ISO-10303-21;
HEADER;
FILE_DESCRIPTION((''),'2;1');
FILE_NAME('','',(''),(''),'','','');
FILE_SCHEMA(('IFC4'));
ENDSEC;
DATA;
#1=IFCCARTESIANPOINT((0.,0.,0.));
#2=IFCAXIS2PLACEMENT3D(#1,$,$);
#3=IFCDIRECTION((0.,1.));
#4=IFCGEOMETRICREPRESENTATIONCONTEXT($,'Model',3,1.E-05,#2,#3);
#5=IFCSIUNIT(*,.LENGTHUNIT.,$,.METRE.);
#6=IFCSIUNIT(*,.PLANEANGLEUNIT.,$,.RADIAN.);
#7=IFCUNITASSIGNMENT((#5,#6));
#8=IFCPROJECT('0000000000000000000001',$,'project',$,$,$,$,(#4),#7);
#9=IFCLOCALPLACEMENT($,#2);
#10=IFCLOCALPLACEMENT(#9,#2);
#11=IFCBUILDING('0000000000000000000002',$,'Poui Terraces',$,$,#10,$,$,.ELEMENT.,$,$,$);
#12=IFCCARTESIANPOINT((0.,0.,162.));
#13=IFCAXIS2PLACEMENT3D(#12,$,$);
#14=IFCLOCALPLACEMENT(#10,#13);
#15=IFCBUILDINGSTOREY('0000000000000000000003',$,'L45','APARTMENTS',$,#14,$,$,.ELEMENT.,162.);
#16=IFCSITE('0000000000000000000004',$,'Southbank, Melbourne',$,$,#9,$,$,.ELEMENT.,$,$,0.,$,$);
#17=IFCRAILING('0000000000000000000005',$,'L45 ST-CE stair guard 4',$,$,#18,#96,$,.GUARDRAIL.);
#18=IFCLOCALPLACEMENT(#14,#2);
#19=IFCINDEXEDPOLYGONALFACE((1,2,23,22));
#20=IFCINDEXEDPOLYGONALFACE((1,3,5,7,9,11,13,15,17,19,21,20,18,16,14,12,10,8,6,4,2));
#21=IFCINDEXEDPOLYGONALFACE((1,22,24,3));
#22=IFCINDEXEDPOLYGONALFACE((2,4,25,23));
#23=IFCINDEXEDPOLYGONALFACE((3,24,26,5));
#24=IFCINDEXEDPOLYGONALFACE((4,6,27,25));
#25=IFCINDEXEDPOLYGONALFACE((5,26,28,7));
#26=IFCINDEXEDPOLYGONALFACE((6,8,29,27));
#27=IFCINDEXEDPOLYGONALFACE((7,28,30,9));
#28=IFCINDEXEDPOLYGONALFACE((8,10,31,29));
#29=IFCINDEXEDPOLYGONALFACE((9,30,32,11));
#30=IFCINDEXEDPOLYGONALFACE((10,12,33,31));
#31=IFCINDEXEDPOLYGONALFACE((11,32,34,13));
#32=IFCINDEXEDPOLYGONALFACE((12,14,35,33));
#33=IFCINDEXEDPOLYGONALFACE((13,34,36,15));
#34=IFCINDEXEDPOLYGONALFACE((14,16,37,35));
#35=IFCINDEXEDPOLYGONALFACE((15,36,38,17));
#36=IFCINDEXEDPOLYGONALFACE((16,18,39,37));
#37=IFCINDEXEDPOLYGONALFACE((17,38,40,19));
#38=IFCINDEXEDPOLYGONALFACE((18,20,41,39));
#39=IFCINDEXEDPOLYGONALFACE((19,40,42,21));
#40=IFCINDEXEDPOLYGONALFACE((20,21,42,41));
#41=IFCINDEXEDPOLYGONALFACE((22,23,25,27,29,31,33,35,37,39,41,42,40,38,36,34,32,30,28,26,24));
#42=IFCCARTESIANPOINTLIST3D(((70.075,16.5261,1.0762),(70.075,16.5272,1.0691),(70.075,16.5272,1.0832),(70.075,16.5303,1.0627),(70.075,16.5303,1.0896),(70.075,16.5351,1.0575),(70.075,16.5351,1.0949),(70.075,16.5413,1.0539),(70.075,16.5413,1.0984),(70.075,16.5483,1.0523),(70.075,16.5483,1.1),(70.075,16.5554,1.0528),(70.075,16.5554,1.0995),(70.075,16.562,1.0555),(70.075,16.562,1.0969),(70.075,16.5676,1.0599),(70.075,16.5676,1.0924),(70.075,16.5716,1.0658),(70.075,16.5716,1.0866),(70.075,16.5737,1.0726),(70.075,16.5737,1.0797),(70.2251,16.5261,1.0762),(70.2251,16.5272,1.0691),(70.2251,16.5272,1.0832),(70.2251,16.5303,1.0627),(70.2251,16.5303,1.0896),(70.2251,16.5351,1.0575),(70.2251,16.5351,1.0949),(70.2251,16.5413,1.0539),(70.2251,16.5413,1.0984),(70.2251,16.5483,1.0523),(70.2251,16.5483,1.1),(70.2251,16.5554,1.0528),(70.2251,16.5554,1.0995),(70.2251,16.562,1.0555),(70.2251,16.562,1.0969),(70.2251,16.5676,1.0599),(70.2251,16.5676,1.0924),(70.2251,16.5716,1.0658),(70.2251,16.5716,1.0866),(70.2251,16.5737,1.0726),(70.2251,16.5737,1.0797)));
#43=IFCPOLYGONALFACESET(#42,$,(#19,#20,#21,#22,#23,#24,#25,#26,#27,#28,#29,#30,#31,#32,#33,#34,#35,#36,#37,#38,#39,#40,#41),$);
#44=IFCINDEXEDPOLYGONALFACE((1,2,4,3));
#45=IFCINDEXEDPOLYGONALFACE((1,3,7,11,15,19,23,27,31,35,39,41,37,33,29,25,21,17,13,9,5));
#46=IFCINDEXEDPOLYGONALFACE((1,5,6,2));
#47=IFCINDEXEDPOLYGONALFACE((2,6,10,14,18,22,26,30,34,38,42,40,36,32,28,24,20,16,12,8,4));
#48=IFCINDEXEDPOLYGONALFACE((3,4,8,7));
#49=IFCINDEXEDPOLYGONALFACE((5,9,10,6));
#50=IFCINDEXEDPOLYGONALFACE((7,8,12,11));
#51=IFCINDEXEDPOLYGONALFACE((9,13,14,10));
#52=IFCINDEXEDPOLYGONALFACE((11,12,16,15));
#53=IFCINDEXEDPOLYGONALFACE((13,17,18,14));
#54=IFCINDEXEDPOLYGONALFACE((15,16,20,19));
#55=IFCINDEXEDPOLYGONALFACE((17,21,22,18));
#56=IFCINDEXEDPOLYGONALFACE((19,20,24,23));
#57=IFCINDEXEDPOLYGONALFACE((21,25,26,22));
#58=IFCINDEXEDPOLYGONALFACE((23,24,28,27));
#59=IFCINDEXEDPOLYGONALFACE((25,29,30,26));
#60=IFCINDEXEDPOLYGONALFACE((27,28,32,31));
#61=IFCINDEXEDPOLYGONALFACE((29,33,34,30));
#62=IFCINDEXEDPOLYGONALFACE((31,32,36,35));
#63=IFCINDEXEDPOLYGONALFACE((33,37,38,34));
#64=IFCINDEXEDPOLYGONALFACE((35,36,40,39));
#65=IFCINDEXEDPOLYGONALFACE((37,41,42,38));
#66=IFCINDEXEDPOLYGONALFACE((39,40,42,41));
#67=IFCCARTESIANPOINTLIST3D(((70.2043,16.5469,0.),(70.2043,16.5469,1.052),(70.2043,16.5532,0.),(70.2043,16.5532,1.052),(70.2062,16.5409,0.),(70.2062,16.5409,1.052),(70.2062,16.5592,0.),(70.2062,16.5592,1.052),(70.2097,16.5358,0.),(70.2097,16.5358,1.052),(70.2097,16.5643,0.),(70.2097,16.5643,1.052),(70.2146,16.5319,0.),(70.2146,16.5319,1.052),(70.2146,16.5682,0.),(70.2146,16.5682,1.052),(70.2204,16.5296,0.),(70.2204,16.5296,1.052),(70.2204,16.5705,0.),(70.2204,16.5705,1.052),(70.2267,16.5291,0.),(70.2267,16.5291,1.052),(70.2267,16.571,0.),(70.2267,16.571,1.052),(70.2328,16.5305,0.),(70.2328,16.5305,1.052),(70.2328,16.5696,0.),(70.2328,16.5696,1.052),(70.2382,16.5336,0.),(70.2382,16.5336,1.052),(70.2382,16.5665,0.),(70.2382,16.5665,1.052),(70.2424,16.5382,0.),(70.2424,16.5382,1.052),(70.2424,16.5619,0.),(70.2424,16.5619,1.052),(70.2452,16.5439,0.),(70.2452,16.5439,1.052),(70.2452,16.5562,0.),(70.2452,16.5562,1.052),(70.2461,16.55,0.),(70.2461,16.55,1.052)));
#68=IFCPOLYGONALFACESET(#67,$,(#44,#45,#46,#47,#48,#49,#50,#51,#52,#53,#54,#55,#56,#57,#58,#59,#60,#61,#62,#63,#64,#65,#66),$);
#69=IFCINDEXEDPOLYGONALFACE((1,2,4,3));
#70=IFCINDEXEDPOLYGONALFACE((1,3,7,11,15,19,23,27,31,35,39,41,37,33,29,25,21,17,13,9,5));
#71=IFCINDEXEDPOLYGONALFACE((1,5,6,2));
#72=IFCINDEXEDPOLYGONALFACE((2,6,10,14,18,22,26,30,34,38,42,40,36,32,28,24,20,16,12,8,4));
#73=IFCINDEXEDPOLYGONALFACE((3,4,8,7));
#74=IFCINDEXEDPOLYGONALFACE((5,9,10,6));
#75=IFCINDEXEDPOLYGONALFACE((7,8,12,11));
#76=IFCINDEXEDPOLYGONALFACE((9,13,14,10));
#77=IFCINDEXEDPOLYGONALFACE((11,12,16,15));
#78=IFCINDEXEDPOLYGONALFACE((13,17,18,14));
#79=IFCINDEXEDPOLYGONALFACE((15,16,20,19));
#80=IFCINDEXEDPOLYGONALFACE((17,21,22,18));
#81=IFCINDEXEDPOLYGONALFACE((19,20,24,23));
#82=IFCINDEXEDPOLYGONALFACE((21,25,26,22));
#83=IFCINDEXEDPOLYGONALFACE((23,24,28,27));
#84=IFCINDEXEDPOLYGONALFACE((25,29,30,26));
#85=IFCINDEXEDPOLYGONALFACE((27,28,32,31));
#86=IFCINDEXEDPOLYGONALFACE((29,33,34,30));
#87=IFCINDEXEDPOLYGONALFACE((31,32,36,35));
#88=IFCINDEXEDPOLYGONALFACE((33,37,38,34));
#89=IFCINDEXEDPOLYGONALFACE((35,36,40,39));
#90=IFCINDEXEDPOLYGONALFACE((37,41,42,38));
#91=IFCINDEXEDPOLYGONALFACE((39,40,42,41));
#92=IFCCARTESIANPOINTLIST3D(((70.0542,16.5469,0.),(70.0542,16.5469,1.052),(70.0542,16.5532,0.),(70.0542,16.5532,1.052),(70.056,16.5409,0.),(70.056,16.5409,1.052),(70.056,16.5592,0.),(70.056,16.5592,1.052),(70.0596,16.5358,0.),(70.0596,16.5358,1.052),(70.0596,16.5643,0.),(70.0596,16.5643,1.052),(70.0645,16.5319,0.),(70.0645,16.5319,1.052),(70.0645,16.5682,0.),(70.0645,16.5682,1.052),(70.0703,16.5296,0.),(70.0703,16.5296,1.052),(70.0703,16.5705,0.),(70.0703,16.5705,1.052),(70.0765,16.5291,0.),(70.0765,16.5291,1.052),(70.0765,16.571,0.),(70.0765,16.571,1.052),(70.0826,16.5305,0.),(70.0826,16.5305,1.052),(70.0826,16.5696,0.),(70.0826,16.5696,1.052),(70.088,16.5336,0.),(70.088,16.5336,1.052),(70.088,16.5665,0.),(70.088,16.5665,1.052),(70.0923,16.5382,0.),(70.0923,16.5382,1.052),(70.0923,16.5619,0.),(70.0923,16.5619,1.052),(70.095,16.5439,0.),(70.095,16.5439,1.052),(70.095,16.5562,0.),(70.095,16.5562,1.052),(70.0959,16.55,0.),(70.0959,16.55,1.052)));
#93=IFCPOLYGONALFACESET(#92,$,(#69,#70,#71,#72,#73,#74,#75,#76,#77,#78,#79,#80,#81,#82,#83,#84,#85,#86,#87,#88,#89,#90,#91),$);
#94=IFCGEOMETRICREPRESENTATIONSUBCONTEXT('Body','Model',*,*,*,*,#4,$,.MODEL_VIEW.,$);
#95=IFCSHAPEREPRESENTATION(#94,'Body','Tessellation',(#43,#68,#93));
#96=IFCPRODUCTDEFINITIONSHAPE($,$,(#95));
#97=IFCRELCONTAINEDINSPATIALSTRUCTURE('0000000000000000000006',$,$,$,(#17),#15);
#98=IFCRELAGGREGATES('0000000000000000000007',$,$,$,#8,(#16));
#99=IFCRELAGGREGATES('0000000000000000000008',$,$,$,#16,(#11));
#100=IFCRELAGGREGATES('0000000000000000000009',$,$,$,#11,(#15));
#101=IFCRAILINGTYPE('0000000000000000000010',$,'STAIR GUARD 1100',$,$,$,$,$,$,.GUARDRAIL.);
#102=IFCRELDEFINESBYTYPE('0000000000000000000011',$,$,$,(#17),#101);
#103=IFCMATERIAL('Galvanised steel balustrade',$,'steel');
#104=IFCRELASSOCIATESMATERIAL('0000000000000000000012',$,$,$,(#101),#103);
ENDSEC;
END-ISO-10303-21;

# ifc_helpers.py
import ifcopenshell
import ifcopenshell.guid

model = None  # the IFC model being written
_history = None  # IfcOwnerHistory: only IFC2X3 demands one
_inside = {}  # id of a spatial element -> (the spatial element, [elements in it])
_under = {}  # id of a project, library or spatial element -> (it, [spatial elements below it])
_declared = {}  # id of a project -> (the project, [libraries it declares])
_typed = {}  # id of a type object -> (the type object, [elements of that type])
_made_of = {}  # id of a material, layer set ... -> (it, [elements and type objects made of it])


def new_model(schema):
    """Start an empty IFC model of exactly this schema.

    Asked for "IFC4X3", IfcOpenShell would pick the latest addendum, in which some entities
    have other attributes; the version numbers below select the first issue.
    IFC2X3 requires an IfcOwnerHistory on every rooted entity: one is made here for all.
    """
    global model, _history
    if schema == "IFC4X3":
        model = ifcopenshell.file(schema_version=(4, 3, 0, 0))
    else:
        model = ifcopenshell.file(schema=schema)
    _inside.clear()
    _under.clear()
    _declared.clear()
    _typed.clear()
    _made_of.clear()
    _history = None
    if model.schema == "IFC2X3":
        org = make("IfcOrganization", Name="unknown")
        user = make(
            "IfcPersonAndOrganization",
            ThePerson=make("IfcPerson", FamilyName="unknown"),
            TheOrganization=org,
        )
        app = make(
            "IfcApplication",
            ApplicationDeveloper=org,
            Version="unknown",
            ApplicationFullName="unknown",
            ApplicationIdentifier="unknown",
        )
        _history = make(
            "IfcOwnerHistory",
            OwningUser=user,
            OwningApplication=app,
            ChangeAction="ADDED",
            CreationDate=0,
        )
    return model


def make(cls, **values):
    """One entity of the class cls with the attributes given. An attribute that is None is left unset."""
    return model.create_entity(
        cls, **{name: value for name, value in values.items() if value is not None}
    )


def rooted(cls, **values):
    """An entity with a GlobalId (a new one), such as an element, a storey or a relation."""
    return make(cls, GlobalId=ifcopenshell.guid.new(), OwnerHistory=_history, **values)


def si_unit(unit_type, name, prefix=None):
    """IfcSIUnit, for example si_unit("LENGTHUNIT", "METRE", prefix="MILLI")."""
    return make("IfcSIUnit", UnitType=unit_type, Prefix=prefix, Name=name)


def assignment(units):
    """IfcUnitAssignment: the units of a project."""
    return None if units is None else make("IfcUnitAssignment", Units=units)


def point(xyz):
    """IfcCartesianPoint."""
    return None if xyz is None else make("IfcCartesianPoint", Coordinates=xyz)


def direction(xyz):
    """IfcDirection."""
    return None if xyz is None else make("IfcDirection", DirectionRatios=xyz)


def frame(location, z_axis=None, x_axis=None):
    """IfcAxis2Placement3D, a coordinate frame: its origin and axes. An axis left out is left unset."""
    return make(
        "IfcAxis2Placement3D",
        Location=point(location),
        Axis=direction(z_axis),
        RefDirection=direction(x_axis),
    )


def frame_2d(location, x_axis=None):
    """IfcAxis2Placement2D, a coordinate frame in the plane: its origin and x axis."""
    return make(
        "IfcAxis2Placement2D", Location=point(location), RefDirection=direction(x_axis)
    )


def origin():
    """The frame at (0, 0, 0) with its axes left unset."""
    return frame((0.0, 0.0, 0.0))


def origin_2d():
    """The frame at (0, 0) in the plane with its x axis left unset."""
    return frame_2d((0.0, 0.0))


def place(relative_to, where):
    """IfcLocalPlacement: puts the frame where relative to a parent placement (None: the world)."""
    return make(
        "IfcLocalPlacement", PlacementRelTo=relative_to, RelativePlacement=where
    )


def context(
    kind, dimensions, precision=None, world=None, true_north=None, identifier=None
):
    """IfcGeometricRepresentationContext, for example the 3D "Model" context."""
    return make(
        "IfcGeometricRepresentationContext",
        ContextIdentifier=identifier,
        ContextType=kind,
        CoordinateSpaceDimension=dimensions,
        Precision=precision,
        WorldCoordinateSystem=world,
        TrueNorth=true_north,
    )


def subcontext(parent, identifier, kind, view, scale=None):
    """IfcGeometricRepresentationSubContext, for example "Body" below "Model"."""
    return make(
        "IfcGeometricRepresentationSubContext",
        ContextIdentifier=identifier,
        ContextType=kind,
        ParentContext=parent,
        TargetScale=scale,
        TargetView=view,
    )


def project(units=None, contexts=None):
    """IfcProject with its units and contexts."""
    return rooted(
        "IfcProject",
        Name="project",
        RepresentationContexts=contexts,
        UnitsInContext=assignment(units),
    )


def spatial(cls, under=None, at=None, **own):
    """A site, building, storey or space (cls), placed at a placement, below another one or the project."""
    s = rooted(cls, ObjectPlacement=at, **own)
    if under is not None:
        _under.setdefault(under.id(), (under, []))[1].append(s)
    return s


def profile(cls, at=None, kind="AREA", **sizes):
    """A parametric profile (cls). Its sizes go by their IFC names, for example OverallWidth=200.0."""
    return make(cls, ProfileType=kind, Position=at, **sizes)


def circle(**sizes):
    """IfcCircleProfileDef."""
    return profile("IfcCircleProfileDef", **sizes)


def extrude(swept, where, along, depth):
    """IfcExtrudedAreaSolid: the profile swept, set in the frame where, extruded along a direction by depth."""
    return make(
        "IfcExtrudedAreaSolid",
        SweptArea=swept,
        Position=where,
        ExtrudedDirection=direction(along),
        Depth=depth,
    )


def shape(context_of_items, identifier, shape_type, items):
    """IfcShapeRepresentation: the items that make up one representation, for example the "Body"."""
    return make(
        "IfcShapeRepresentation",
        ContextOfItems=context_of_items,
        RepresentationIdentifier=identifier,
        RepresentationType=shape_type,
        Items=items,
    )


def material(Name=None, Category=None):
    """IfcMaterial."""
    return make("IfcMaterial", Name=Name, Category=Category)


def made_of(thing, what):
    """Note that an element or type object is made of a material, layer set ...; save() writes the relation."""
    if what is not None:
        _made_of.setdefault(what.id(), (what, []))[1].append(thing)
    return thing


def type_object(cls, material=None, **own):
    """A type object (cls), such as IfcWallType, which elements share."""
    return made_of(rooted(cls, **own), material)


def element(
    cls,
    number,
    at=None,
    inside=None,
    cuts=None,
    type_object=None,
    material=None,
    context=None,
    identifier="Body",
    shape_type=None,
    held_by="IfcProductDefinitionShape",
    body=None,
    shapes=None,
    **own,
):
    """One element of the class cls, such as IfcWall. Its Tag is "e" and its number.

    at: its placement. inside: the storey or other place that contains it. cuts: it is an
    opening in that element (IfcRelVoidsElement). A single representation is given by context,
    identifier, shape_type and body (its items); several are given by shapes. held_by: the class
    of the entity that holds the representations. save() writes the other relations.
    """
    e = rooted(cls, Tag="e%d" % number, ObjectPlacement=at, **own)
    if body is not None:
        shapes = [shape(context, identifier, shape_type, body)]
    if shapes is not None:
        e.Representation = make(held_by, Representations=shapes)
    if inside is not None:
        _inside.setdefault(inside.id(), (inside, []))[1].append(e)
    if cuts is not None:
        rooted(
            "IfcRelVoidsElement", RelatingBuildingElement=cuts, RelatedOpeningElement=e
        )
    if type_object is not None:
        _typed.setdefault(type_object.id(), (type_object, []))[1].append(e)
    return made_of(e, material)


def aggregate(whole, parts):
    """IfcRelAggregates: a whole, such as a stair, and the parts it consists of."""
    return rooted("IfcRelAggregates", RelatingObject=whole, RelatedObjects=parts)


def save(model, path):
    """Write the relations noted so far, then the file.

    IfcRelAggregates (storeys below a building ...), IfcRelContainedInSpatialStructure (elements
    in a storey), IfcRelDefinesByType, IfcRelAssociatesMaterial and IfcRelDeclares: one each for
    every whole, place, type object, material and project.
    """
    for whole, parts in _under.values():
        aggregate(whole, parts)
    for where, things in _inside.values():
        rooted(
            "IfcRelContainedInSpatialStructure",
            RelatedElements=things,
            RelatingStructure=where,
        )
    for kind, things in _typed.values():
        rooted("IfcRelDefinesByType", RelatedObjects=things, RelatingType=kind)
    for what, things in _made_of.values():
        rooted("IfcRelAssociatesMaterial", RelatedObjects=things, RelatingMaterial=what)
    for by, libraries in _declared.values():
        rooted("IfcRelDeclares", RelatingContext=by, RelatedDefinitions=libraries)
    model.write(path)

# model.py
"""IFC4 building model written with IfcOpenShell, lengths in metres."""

from ifc_helpers import new_model, si_unit, direction, frame, origin, origin_2d, place, context, subcontext, project, spatial, circle, extrude, material, type_object, element, save


model = new_model("IFC4")

# Units and contexts
model_context = context("Model", 3, precision=1e-05, world=origin(), true_north=direction((0.0, 1.0)))
body_context = subcontext(model_context, "Body", "Model", "MODEL_VIEW")
ifc_project = project(units=[si_unit("LENGTHUNIT", "METRE"), si_unit("PLANEANGLEUNIT", "RADIAN")], contexts=[model_context])

# Site, building, storey
site_placement = place(None, origin())
site = spatial("IfcSite", under=ifc_project, at=site_placement, Name="Southbank, Melbourne", CompositionType="ELEMENT", RefElevation=0.0)
building_placement = place(site_placement, origin())
building = spatial("IfcBuilding", under=site, at=building_placement, Name="Poui Terraces", CompositionType="ELEMENT")
storey_placement = place(building_placement, frame((0.0, 0.0, 162.0)))
storey = spatial("IfcBuildingStorey", under=building, at=storey_placement, Name="L45", Description="APARTMENTS", CompositionType="ELEMENT", Elevation=162.0)

# Railing
ifc_material_1 = material(Name="Galvanised steel balustrade", Category="steel")
railing_type_1 = type_object("IfcRailingType", Name="STAIR GUARD 1100", PredefinedType="GUARDRAIL", material=ifc_material_1)
railing_1_placement = place(storey_placement, frame((70.2251, 16.55, 0.0)))
element("IfcRailing", 1, at=railing_1_placement, inside=storey, type_object=railing_type_1, Name="L45 ST-CE stair guard 4", PredefinedType="GUARDRAIL", context=body_context, shape_type="SweptSolid", body=[
    extrude(circle(Radius=0.0239, at=origin_2d()), frame((0.0, 0.0, 1.0762), z_axis=(-1.0, 0.0, 0.0), x_axis=(0.0, -1.0, 0.0)), (0.0, 0.0, 1.0), 0.1501),
    extrude(circle(Radius=0.021, at=origin_2d()), origin(), (0.0, 0.0, 1.0), 1.052),
    extrude(circle(Radius=0.021, at=origin_2d()), frame((-0.1501, 0.0, 0.0)), (0.0, 0.0, 1.0), 1.052),
])

save(model, "model.ifc")
